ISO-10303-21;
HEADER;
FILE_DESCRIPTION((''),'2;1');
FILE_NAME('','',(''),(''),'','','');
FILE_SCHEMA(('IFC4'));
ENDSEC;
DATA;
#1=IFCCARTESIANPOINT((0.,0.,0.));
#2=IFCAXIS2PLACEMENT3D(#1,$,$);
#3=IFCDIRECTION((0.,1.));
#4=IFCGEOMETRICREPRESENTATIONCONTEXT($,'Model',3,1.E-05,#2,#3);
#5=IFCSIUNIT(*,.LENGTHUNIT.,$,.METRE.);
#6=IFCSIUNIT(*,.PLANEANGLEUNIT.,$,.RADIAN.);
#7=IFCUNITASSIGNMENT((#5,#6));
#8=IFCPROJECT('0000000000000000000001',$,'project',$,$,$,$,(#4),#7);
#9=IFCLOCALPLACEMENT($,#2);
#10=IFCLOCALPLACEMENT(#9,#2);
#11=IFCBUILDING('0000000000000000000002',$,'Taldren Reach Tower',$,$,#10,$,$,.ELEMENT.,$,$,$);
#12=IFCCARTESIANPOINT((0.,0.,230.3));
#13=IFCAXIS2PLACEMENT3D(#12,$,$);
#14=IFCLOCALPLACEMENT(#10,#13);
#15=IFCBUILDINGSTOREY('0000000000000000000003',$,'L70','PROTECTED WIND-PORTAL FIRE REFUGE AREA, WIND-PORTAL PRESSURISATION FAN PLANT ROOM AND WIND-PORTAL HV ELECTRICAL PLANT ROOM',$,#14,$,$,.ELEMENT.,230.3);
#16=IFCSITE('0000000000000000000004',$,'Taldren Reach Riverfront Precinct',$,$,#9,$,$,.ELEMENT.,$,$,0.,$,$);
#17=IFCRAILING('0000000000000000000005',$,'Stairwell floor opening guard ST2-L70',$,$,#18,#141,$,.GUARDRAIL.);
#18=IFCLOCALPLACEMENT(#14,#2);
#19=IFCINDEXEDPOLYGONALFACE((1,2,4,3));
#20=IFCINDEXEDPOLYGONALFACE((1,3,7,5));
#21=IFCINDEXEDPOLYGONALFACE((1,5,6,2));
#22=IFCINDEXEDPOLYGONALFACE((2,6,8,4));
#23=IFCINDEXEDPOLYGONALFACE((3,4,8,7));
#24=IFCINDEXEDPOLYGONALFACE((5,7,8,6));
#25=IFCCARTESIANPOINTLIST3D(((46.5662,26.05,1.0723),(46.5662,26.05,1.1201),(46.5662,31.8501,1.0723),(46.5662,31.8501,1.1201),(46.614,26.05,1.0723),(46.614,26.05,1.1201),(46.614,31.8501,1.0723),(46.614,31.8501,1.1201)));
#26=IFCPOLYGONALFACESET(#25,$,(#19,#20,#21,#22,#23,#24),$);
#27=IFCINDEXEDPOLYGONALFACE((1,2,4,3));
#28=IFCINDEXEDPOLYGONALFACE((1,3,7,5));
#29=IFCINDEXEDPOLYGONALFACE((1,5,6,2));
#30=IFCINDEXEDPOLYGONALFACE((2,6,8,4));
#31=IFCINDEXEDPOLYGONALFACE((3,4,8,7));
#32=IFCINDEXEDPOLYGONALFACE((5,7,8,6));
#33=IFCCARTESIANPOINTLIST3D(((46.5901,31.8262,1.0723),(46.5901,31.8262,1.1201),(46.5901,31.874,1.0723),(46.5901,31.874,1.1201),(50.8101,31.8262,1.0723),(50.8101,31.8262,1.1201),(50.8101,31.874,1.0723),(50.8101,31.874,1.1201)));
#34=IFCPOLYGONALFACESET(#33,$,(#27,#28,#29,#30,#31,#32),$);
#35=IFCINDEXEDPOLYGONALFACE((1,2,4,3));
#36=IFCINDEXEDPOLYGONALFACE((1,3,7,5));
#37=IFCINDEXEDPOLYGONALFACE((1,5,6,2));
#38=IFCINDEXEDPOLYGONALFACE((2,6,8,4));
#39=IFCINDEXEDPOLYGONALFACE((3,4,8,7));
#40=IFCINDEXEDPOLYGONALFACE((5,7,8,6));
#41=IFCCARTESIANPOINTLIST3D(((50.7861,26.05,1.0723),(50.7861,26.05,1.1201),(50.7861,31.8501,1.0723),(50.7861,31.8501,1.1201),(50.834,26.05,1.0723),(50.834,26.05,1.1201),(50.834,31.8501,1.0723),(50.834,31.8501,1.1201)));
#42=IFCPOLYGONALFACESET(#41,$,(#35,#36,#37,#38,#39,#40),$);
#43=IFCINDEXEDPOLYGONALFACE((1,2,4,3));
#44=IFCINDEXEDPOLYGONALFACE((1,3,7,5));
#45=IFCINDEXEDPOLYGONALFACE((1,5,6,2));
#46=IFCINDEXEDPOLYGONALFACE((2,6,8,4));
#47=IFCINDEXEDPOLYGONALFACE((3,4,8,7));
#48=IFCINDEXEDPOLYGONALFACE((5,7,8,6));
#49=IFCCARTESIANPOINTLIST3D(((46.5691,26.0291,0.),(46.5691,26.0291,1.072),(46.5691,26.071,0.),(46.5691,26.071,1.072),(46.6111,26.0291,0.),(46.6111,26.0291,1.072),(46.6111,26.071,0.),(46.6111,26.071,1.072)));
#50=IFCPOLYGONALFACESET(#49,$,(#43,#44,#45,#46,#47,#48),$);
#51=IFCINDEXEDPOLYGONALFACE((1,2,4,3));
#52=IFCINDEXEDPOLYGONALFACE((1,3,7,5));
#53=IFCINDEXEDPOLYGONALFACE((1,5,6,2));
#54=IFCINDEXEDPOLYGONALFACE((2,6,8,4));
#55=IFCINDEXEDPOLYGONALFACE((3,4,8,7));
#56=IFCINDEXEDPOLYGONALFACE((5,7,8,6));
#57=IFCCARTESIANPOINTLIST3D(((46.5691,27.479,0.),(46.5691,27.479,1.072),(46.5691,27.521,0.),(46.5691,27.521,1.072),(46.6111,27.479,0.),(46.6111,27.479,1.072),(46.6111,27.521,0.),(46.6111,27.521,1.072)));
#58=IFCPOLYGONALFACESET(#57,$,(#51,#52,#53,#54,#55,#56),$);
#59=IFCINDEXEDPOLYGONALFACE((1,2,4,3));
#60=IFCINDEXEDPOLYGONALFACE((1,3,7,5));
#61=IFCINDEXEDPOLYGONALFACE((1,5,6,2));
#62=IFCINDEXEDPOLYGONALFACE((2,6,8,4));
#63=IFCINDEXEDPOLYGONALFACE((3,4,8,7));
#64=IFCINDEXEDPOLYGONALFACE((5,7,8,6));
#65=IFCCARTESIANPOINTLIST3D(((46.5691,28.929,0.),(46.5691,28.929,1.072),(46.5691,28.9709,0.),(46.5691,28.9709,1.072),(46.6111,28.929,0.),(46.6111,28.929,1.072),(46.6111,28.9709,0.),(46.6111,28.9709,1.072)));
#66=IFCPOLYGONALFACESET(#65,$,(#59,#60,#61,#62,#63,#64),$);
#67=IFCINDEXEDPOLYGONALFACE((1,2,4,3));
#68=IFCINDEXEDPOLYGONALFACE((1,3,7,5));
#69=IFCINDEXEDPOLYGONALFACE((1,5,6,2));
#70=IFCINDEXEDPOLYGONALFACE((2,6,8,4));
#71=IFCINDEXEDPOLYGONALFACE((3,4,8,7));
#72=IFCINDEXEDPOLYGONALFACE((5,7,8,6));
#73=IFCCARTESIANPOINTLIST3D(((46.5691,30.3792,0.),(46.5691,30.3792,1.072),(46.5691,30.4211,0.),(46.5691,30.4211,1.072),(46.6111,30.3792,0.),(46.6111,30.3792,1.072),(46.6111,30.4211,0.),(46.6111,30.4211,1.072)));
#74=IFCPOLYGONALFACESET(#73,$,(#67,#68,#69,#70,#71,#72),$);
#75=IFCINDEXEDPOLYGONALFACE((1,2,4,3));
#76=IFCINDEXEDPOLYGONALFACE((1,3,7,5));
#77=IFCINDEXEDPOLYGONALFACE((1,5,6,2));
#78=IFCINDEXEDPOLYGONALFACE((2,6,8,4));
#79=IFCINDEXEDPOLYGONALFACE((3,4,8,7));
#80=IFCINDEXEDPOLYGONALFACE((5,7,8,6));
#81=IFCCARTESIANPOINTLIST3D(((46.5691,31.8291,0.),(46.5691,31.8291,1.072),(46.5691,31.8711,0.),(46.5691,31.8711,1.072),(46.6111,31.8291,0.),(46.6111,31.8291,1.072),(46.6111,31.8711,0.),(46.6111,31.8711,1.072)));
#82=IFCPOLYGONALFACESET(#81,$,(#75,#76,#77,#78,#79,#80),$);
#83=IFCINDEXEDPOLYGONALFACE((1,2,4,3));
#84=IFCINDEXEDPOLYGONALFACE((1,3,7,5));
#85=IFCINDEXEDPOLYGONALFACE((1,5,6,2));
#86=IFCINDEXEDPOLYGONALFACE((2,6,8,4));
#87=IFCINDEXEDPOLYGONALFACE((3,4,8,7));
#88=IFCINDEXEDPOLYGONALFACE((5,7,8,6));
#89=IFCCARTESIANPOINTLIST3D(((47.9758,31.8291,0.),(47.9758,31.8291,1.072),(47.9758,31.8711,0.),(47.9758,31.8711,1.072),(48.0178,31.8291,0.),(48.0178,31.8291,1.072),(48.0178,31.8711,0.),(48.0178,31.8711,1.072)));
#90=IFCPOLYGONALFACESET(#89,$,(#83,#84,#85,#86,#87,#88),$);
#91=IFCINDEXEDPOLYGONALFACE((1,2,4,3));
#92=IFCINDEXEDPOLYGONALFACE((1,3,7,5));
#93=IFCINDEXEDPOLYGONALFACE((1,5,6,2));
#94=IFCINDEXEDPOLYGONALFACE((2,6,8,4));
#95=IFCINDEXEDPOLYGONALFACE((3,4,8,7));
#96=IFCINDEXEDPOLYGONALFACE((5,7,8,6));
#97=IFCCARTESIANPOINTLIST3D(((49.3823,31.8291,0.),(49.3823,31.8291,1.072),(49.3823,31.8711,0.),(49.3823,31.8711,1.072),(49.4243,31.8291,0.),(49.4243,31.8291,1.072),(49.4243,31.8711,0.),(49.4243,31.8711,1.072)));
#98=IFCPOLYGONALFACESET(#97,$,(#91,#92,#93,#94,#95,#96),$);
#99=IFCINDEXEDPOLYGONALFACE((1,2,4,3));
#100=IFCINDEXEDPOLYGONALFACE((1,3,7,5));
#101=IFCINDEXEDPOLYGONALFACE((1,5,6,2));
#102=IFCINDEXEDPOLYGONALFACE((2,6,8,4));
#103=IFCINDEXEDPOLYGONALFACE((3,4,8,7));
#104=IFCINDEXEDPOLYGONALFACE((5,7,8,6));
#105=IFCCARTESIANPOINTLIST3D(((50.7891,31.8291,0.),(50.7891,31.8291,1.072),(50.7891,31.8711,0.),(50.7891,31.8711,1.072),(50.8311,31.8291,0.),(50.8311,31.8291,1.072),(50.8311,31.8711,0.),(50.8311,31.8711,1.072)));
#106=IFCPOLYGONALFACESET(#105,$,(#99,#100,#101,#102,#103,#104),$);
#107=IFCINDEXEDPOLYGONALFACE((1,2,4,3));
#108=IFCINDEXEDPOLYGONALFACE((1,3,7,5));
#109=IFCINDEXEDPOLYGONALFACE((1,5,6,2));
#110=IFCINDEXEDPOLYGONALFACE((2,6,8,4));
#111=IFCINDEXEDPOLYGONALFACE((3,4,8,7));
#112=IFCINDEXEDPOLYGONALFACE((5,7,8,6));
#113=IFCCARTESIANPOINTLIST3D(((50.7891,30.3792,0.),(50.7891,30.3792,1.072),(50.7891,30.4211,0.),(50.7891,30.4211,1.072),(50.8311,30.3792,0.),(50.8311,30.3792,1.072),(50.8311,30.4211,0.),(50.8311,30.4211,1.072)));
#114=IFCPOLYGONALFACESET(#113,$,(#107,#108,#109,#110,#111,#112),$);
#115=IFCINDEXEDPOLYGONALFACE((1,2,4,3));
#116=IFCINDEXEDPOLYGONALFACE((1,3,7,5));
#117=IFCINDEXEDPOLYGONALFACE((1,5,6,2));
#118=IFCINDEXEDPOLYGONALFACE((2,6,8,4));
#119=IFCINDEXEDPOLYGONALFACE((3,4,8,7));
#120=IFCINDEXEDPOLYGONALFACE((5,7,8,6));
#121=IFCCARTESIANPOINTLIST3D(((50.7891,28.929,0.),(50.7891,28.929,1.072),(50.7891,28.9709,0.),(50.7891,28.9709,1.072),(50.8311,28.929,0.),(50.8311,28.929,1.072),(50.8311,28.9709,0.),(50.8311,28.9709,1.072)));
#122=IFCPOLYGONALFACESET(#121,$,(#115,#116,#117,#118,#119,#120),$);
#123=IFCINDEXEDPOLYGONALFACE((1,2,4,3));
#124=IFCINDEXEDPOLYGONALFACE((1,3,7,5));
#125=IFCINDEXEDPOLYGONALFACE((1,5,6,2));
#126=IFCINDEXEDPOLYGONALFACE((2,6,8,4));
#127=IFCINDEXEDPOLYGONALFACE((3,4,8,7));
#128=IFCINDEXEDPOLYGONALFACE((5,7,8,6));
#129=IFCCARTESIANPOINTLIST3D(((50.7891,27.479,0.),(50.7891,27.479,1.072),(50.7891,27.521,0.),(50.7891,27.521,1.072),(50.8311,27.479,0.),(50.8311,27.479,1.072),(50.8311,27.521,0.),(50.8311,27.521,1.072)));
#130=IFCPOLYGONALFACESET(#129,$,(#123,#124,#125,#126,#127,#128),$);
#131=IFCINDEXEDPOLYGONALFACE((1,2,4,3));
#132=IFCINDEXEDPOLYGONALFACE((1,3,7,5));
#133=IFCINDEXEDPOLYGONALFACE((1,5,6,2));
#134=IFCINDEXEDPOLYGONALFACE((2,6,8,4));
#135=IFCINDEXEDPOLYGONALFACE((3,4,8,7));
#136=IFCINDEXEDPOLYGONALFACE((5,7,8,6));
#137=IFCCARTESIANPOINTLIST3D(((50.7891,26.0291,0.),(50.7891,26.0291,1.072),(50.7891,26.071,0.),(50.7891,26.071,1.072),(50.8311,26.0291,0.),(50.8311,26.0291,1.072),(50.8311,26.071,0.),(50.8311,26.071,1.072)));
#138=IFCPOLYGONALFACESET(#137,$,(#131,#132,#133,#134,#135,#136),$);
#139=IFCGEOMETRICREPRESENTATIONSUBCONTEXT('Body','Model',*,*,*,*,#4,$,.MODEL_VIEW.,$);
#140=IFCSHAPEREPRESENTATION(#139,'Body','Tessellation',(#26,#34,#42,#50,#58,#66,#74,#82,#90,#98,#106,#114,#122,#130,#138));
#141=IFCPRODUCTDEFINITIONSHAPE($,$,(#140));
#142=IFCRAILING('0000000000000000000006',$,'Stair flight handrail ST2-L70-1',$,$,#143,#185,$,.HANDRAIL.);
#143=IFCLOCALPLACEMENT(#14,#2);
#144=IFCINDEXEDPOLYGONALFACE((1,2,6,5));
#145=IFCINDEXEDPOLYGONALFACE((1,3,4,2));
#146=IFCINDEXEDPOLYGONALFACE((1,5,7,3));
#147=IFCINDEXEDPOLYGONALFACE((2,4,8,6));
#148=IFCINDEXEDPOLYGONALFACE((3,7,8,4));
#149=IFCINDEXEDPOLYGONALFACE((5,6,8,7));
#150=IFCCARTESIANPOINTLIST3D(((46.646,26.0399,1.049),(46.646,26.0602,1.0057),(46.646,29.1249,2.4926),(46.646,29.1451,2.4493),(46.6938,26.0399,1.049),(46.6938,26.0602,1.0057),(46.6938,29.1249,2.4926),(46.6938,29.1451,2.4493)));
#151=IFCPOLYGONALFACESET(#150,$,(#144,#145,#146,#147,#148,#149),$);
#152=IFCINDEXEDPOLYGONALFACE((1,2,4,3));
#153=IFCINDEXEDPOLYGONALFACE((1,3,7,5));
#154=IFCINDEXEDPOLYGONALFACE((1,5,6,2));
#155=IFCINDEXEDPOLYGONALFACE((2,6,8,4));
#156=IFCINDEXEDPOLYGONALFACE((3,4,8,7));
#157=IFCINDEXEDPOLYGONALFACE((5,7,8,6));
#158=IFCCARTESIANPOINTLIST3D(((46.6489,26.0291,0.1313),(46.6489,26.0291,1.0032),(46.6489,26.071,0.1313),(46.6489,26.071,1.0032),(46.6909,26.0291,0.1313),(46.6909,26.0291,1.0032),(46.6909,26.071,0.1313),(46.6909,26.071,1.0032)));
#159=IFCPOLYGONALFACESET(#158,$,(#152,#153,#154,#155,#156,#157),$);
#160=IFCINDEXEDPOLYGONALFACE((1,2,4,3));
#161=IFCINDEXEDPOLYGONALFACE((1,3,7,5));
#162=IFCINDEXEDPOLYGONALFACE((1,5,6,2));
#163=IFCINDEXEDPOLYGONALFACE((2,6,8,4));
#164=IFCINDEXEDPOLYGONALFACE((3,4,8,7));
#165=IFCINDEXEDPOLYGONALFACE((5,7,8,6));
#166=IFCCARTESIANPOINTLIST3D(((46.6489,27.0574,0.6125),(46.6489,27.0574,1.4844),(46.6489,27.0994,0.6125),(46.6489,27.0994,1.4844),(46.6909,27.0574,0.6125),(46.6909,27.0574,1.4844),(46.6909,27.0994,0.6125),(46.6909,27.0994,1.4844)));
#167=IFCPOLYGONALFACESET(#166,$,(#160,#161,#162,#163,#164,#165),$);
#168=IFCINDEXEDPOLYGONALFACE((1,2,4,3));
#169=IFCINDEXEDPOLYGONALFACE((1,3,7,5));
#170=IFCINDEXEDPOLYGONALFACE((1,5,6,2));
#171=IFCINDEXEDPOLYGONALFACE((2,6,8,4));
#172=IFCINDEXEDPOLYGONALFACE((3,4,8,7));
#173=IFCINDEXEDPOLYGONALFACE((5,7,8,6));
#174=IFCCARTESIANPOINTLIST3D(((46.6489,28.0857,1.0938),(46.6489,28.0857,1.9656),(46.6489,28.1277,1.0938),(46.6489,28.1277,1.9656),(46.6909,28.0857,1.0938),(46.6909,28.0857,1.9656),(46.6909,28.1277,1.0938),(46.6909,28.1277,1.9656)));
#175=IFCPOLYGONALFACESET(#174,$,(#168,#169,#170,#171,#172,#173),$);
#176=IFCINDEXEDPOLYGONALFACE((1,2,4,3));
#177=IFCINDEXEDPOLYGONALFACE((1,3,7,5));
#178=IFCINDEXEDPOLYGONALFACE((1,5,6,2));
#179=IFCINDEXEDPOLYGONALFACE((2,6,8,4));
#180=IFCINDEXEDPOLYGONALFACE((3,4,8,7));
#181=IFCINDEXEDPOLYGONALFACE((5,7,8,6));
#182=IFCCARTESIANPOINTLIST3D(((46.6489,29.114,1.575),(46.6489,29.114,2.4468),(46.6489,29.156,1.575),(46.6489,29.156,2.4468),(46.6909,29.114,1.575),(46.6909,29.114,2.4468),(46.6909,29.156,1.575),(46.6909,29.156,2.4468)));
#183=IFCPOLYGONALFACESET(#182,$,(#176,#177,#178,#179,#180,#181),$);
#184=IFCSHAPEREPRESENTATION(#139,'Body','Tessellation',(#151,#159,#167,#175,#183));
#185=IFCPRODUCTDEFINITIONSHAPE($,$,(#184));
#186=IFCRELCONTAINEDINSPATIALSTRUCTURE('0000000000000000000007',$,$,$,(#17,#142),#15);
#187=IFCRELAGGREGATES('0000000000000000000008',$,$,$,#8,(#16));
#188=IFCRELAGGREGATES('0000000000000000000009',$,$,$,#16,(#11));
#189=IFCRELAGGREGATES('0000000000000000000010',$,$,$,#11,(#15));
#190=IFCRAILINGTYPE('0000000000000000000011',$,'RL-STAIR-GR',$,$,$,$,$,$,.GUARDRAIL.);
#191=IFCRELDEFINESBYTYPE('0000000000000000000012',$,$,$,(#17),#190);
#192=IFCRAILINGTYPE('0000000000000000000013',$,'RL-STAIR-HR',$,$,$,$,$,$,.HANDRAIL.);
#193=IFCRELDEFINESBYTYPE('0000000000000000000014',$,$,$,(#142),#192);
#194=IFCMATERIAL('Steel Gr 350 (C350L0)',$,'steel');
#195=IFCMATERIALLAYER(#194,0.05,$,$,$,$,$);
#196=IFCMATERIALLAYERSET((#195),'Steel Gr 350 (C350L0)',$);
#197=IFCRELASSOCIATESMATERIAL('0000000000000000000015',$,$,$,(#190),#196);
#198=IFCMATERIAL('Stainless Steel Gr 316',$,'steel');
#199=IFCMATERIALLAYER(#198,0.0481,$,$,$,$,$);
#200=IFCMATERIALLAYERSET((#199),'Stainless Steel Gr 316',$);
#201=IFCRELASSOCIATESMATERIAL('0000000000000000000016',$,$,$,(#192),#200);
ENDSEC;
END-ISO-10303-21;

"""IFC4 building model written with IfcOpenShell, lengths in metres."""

from ifc_helpers import new_model, si_unit, direction, frame, origin, origin_2d, place, context, subcontext, project, spatial, rectangle, extrude, material, layer, layer_set, type_object, element, save


model = new_model("IFC4")

# Units and contexts
model_context = context("Model", 3, precision=1e-05, world=origin(), true_north=direction((0.0, 1.0)))
body_context = subcontext(model_context, "Body", "Model", "MODEL_VIEW")
ifc_project = project(units=[si_unit("LENGTHUNIT", "METRE"), si_unit("PLANEANGLEUNIT", "RADIAN")], contexts=[model_context])

# Site, building, storey
site_placement = place(None, origin())
site = spatial("IfcSite", under=ifc_project, at=site_placement, Name="Taldren Reach Riverfront Precinct", CompositionType="ELEMENT", RefElevation=0.0)
building_placement = place(site_placement, origin())
building = spatial("IfcBuilding", under=site, at=building_placement, Name="Taldren Reach Tower", CompositionType="ELEMENT")
storey_placement = place(building_placement, frame((0.0, 0.0, 230.3)))
storey = spatial("IfcBuildingStorey", under=building, at=storey_placement, Name="L70", Description="PROTECTED WIND-PORTAL FIRE REFUGE AREA, WIND-PORTAL PRESSURISATION FAN PLANT ROOM AND WIND-PORTAL HV ELECTRICAL PLANT ROOM", CompositionType="ELEMENT", Elevation=230.3)

# Shared definitions
ifc_material_1 = material(Name="Steel Gr 350 (C350L0)", Category="steel")

# Railings
ifc_layer_1 = layer(ifc_material_1, 0.05)
ifc_layer_set_1 = layer_set([ifc_layer_1], Name="Steel Gr 350 (C350L0)")
railing_type_1 = type_object("IfcRailingType", Name="RL-STAIR-GR", PredefinedType="GUARDRAIL", material=ifc_layer_set_1)
railing_1_placement = place(storey_placement, frame((46.5901, 26.05, 0.0)))
element("IfcRailing", 1, at=railing_1_placement, inside=storey, type_object=railing_type_1, Name="Stairwell floor opening guard ST2-L70", PredefinedType="GUARDRAIL", context=body_context, shape_type="SweptSolid", body=[
    extrude(rectangle(XDim=0.0479, YDim=0.0479, at=origin_2d()), frame((0.0, 0.0, 1.0962), z_axis=(0.0, 1.0, 0.0), x_axis=(-1.0, 0.0, 0.0)), (0.0, 0.0, 1.0), 5.8),
    extrude(rectangle(XDim=0.0479, YDim=0.0479, at=origin_2d()), frame((0.0, 5.8, 1.0962), z_axis=(1.0, 0.0, 0.0), x_axis=(0.0, 1.0, 0.0)), (0.0, 0.0, 1.0), 4.22),
    extrude(rectangle(XDim=0.0479, YDim=0.0479, at=origin_2d()), frame((4.22, 5.8, 1.0962), z_axis=(0.0, -1.0, 0.0), x_axis=(1.0, 0.0, 0.0)), (0.0, 0.0, 1.0), 5.8),
    extrude(rectangle(XDim=0.042, YDim=0.042, at=origin_2d()), origin(), (0.0, 0.0, 1.0), 1.072),
    extrude(rectangle(XDim=0.042, YDim=0.042, at=origin_2d()), frame((0.0, 1.45, 0.0)), (0.0, 0.0, 1.0), 1.072),
    extrude(rectangle(XDim=0.042, YDim=0.042, at=origin_2d()), frame((0.0, 2.8999, 0.0)), (0.0, 0.0, 1.0), 1.072),
    extrude(rectangle(XDim=0.042, YDim=0.042, at=origin_2d()), frame((0.0, 4.3501, 0.0)), (0.0, 0.0, 1.0), 1.072),
    extrude(rectangle(XDim=0.042, YDim=0.042, at=origin_2d()), frame((0.0, 5.8, 0.0)), (0.0, 0.0, 1.0), 1.072),
    extrude(rectangle(XDim=0.042, YDim=0.042, at=origin_2d()), frame((1.4067, 5.8, 0.0)), (0.0, 0.0, 1.0), 1.072),
    extrude(rectangle(XDim=0.042, YDim=0.042, at=origin_2d()), frame((2.8132, 5.8, 0.0)), (0.0, 0.0, 1.0), 1.072),
    extrude(rectangle(XDim=0.042, YDim=0.042, at=origin_2d()), frame((4.22, 5.8, 0.0)), (0.0, 0.0, 1.0), 1.072),
    extrude(rectangle(XDim=0.042, YDim=0.042, at=origin_2d()), frame((4.22, 4.3501, 0.0)), (0.0, 0.0, 1.0), 1.072),
    extrude(rectangle(XDim=0.042, YDim=0.042, at=origin_2d()), frame((4.22, 2.8999, 0.0)), (0.0, 0.0, 1.0), 1.072),
    extrude(rectangle(XDim=0.042, YDim=0.042, at=origin_2d()), frame((4.22, 1.45, 0.0)), (0.0, 0.0, 1.0), 1.072),
    extrude(rectangle(XDim=0.042, YDim=0.042, at=origin_2d()), frame((4.22, 0.0, 0.0)), (0.0, 0.0, 1.0), 1.072),
])
ifc_material_2 = material(Name="Stainless Steel Gr 316", Category="steel")
ifc_layer_2 = layer(ifc_material_2, 0.0481)
ifc_layer_set_2 = layer_set([ifc_layer_2], Name="Stainless Steel Gr 316")
railing_type_2 = type_object("IfcRailingType", Name="RL-STAIR-HR", PredefinedType="HANDRAIL", material=ifc_layer_set_2)
railing_2_placement = place(storey_placement, frame((46.6699, 26.05, 0.1313)))
element("IfcRailing", 2, at=railing_2_placement, inside=storey, type_object=railing_type_2, Name="Stair flight handrail ST2-L70-1", PredefinedType="HANDRAIL", context=body_context, shape_type="SweptSolid", body=[
    extrude(rectangle(XDim=0.0479, YDim=0.0479, at=origin_2d()), frame((0.0, 0.0, 0.896), z_axis=(0.0, 0.905738, 0.423839), x_axis=(-1.0, 0.0, 0.0)), (0.0, 0.0, 1.0), 3.406),
    extrude(rectangle(XDim=0.042, YDim=0.042, at=origin_2d()), origin(), (0.0, 0.0, 1.0), 0.8718),
    extrude(rectangle(XDim=0.042, YDim=0.042, at=origin_2d()), frame((0.0, 1.0283, 0.4812)), (0.0, 0.0, 1.0), 0.8718),
    extrude(rectangle(XDim=0.042, YDim=0.042, at=origin_2d()), frame((0.0, 2.0566, 0.9624)), (0.0, 0.0, 1.0), 0.8718),
    extrude(rectangle(XDim=0.042, YDim=0.042, at=origin_2d()), frame((0.0, 3.085, 1.4436)), (0.0, 0.0, 1.0), 0.8718),
])

save(model, "model.ifc")
